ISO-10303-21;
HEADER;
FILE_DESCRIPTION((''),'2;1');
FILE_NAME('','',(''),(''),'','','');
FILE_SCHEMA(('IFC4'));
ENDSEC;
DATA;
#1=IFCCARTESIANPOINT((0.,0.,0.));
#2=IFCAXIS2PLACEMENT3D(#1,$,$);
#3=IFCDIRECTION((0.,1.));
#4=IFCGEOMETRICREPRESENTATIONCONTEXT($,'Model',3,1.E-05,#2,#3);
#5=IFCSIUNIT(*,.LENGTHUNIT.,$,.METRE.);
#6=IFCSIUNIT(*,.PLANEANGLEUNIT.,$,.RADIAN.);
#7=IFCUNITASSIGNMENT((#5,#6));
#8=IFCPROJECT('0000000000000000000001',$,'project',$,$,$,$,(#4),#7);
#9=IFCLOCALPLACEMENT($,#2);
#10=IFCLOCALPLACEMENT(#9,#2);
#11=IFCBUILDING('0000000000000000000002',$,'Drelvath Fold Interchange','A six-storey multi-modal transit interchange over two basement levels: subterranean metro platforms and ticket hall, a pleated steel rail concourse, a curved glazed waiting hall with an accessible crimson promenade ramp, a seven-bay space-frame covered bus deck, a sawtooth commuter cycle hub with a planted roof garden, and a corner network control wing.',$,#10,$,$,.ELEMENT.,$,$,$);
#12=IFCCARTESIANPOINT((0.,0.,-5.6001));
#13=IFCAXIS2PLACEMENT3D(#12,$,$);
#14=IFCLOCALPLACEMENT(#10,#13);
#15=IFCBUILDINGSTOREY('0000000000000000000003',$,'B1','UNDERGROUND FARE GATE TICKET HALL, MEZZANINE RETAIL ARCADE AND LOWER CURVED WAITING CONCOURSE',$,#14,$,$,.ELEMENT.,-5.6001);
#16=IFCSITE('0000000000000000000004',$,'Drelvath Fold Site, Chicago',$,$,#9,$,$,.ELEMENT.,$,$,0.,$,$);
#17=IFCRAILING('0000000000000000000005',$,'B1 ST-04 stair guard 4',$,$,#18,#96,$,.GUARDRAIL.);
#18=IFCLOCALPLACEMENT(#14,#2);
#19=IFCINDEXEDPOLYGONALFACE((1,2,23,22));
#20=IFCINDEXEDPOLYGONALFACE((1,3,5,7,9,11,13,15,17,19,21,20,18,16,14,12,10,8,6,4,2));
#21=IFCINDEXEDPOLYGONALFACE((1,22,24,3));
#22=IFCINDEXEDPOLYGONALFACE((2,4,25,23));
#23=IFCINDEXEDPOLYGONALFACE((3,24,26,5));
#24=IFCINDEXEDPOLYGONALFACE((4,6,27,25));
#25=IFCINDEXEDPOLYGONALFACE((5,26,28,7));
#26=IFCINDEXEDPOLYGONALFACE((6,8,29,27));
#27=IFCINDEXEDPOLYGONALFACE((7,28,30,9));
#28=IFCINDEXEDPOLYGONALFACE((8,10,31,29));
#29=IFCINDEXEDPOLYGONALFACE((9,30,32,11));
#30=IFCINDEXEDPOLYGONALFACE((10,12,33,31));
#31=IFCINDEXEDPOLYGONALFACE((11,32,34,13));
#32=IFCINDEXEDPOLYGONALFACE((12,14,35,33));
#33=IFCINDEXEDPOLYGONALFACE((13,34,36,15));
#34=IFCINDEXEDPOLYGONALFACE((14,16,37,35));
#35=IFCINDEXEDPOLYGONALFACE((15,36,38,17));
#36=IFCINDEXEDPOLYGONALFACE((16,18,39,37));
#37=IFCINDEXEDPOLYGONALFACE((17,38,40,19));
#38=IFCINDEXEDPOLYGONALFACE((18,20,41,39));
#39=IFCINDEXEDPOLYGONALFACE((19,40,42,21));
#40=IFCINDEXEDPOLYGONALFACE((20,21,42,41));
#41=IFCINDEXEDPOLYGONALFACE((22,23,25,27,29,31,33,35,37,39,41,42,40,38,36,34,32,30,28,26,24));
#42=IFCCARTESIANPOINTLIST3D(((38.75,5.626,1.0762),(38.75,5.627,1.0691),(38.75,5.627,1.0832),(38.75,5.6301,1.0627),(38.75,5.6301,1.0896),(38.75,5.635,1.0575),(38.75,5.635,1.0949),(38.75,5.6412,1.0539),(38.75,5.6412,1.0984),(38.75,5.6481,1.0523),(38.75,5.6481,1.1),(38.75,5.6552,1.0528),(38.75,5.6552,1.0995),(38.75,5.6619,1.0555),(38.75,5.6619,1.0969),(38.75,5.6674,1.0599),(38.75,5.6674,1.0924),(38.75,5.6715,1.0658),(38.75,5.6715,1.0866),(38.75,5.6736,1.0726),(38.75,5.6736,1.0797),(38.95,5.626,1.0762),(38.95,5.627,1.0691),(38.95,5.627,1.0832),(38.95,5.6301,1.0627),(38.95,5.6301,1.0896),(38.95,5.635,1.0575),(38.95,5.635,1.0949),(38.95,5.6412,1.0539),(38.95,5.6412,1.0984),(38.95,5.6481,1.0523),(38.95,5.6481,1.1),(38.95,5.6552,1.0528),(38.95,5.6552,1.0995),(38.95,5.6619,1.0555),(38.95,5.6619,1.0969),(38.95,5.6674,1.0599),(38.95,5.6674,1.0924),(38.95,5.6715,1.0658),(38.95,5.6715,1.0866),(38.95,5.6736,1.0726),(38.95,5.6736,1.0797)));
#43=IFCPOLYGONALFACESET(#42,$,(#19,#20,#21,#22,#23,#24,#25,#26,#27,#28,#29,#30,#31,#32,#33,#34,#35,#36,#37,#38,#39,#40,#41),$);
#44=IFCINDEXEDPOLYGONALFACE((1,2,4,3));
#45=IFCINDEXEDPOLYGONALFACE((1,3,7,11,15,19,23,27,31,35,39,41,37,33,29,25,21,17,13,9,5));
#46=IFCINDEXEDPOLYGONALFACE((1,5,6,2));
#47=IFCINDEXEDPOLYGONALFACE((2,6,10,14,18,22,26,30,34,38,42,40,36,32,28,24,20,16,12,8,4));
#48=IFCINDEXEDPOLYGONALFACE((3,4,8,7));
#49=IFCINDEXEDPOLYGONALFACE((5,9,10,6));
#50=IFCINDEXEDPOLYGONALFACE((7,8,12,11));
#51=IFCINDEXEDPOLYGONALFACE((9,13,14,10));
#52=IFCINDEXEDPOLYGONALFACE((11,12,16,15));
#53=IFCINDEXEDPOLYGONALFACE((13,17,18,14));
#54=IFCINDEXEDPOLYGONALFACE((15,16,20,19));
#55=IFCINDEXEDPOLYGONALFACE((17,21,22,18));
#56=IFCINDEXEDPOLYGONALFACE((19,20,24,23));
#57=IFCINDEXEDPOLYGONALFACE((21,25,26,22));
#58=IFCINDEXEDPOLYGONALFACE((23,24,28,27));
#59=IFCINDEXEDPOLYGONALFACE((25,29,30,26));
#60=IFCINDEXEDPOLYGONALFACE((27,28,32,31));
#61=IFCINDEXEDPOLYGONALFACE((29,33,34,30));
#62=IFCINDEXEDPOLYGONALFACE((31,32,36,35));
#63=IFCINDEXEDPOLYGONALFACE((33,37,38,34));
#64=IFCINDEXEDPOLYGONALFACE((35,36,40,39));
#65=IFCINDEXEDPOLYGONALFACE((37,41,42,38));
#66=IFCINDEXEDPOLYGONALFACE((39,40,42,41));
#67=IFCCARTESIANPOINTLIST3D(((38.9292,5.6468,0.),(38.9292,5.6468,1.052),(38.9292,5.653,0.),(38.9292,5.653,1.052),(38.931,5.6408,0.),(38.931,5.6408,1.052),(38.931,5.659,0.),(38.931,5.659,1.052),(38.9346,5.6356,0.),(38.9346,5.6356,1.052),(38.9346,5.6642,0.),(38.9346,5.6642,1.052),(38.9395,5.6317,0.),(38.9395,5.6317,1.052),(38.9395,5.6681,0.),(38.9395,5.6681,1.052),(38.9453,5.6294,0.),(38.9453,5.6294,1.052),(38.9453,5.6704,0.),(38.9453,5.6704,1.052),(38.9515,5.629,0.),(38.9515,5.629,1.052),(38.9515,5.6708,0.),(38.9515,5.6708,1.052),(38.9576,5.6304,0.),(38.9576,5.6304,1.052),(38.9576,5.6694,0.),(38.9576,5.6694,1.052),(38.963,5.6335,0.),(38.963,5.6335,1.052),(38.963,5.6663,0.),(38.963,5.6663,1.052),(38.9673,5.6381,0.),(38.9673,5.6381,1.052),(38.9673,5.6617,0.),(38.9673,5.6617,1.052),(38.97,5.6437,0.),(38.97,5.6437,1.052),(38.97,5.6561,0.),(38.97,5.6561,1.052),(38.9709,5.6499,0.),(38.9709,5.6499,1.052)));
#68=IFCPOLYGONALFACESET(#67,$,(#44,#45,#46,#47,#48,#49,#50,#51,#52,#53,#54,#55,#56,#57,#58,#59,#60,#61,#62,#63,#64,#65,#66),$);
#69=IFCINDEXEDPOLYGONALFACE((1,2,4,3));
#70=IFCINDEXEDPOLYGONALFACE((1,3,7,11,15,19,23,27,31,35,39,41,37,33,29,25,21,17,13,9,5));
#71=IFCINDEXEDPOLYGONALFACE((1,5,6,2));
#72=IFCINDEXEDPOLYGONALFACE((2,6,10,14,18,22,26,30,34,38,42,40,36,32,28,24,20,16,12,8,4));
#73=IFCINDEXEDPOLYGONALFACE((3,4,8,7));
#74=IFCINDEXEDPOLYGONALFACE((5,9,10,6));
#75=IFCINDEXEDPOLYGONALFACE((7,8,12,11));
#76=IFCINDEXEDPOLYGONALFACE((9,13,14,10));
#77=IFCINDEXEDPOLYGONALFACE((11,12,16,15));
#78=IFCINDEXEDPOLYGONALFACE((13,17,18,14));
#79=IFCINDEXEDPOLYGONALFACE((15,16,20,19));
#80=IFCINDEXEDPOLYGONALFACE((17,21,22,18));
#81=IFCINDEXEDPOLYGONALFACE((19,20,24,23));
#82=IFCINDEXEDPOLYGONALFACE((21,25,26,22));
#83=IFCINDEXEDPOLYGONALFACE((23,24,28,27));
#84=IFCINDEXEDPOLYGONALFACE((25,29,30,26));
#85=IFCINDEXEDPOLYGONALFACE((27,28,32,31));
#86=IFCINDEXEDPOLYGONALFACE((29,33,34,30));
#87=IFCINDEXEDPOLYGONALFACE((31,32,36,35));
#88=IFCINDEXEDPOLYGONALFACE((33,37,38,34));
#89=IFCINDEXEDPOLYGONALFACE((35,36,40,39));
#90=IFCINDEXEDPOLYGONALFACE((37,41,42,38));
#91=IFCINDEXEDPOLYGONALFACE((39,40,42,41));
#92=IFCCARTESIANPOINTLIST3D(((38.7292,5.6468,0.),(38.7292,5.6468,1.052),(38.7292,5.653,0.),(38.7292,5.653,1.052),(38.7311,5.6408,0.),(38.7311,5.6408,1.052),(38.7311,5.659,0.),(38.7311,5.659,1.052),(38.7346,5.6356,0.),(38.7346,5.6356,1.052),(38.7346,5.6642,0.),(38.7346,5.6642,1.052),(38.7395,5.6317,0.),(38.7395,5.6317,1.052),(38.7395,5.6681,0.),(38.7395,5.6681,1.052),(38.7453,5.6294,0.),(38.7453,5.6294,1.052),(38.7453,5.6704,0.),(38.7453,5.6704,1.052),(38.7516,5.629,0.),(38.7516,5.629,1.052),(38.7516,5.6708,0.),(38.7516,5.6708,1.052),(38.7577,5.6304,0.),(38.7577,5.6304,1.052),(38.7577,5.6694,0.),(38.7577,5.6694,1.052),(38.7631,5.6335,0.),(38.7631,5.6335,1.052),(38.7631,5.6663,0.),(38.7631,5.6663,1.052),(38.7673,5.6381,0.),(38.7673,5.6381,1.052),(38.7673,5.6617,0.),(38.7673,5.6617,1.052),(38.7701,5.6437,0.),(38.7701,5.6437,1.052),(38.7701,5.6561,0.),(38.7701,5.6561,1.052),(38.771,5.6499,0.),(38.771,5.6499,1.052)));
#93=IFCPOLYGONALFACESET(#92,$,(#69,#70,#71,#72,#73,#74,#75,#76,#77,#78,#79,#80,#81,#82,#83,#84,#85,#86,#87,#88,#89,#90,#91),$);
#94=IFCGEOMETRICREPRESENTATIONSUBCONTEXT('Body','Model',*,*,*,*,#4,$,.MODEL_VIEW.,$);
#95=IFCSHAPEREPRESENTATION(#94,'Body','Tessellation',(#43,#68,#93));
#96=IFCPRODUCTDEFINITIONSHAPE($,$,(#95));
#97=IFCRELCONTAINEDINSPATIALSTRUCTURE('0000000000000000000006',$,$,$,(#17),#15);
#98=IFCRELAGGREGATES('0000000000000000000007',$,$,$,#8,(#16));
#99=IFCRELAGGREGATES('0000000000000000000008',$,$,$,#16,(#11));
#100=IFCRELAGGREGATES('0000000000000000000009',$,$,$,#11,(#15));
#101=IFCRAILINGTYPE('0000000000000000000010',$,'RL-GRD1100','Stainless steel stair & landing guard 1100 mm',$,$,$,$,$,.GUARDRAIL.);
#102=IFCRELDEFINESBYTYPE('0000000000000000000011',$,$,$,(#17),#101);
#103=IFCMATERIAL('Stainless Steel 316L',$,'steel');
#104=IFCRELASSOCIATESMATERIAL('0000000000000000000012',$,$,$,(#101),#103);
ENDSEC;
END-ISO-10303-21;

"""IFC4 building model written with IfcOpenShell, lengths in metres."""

from ifc_helpers import new_model, si_unit, direction, frame, origin, origin_2d, place, context, subcontext, project, spatial, circle, extrude, material, type_object, element, save


model = new_model("IFC4")

# Units and contexts
model_context = context("Model", 3, precision=1e-05, world=origin(), true_north=direction((0.0, 1.0)))
body_context = subcontext(model_context, "Body", "Model", "MODEL_VIEW")
ifc_project = project(units=[si_unit("LENGTHUNIT", "METRE"), si_unit("PLANEANGLEUNIT", "RADIAN")], contexts=[model_context])

# Site, building, storey
site_placement = place(None, origin())
site = spatial("IfcSite", under=ifc_project, at=site_placement, Name="Drelvath Fold Site, Chicago", CompositionType="ELEMENT", RefElevation=0.0)
building_placement = place(site_placement, origin())
building = spatial("IfcBuilding", under=site, at=building_placement, Name="Drelvath Fold Interchange", Description="A six-storey multi-modal transit interchange over two basement levels: subterranean metro platforms and ticket hall, a pleated steel rail concourse, a curved glazed waiting hall with an accessible crimson promenade ramp, a seven-bay space-frame covered bus deck, a sawtooth commuter cycle hub with a planted roof garden, and a corner network control wing.", CompositionType="ELEMENT")
storey_placement = place(building_placement, frame((0.0, 0.0, -5.6001)))
storey = spatial("IfcBuildingStorey", under=building, at=storey_placement, Name="B1", Description="UNDERGROUND FARE GATE TICKET HALL, MEZZANINE RETAIL ARCADE AND LOWER CURVED WAITING CONCOURSE", CompositionType="ELEMENT", Elevation=-5.6001)

# Railing
ifc_material_1 = material(Name="Stainless Steel 316L", Category="steel")
railing_type_1 = type_object("IfcRailingType", Name="RL-GRD1100", Description="Stainless steel stair & landing guard 1100 mm", PredefinedType="GUARDRAIL", material=ifc_material_1)
railing_1_placement = place(storey_placement, frame((38.95, 5.6499, 0.0)))
element("IfcRailing", 1, at=railing_1_placement, inside=storey, type_object=railing_type_1, Name="B1 ST-04 stair guard 4", PredefinedType="GUARDRAIL", context=body_context, shape_type="SweptSolid", body=[
    extrude(circle(Radius=0.0239, at=origin_2d()), frame((0.0, 0.0, 1.0762), z_axis=(-1.0, 0.0, 0.0), x_axis=(0.0, -1.0, 0.0)), (0.0, 0.0, 1.0), 0.2),
    extrude(circle(Radius=0.021, at=origin_2d()), origin(), (0.0, 0.0, 1.0), 1.052),
    extrude(circle(Radius=0.021, at=origin_2d()), frame((-0.2, 0.0, 0.0)), (0.0, 0.0, 1.0), 1.052),
])

save(model, "model.ifc")
